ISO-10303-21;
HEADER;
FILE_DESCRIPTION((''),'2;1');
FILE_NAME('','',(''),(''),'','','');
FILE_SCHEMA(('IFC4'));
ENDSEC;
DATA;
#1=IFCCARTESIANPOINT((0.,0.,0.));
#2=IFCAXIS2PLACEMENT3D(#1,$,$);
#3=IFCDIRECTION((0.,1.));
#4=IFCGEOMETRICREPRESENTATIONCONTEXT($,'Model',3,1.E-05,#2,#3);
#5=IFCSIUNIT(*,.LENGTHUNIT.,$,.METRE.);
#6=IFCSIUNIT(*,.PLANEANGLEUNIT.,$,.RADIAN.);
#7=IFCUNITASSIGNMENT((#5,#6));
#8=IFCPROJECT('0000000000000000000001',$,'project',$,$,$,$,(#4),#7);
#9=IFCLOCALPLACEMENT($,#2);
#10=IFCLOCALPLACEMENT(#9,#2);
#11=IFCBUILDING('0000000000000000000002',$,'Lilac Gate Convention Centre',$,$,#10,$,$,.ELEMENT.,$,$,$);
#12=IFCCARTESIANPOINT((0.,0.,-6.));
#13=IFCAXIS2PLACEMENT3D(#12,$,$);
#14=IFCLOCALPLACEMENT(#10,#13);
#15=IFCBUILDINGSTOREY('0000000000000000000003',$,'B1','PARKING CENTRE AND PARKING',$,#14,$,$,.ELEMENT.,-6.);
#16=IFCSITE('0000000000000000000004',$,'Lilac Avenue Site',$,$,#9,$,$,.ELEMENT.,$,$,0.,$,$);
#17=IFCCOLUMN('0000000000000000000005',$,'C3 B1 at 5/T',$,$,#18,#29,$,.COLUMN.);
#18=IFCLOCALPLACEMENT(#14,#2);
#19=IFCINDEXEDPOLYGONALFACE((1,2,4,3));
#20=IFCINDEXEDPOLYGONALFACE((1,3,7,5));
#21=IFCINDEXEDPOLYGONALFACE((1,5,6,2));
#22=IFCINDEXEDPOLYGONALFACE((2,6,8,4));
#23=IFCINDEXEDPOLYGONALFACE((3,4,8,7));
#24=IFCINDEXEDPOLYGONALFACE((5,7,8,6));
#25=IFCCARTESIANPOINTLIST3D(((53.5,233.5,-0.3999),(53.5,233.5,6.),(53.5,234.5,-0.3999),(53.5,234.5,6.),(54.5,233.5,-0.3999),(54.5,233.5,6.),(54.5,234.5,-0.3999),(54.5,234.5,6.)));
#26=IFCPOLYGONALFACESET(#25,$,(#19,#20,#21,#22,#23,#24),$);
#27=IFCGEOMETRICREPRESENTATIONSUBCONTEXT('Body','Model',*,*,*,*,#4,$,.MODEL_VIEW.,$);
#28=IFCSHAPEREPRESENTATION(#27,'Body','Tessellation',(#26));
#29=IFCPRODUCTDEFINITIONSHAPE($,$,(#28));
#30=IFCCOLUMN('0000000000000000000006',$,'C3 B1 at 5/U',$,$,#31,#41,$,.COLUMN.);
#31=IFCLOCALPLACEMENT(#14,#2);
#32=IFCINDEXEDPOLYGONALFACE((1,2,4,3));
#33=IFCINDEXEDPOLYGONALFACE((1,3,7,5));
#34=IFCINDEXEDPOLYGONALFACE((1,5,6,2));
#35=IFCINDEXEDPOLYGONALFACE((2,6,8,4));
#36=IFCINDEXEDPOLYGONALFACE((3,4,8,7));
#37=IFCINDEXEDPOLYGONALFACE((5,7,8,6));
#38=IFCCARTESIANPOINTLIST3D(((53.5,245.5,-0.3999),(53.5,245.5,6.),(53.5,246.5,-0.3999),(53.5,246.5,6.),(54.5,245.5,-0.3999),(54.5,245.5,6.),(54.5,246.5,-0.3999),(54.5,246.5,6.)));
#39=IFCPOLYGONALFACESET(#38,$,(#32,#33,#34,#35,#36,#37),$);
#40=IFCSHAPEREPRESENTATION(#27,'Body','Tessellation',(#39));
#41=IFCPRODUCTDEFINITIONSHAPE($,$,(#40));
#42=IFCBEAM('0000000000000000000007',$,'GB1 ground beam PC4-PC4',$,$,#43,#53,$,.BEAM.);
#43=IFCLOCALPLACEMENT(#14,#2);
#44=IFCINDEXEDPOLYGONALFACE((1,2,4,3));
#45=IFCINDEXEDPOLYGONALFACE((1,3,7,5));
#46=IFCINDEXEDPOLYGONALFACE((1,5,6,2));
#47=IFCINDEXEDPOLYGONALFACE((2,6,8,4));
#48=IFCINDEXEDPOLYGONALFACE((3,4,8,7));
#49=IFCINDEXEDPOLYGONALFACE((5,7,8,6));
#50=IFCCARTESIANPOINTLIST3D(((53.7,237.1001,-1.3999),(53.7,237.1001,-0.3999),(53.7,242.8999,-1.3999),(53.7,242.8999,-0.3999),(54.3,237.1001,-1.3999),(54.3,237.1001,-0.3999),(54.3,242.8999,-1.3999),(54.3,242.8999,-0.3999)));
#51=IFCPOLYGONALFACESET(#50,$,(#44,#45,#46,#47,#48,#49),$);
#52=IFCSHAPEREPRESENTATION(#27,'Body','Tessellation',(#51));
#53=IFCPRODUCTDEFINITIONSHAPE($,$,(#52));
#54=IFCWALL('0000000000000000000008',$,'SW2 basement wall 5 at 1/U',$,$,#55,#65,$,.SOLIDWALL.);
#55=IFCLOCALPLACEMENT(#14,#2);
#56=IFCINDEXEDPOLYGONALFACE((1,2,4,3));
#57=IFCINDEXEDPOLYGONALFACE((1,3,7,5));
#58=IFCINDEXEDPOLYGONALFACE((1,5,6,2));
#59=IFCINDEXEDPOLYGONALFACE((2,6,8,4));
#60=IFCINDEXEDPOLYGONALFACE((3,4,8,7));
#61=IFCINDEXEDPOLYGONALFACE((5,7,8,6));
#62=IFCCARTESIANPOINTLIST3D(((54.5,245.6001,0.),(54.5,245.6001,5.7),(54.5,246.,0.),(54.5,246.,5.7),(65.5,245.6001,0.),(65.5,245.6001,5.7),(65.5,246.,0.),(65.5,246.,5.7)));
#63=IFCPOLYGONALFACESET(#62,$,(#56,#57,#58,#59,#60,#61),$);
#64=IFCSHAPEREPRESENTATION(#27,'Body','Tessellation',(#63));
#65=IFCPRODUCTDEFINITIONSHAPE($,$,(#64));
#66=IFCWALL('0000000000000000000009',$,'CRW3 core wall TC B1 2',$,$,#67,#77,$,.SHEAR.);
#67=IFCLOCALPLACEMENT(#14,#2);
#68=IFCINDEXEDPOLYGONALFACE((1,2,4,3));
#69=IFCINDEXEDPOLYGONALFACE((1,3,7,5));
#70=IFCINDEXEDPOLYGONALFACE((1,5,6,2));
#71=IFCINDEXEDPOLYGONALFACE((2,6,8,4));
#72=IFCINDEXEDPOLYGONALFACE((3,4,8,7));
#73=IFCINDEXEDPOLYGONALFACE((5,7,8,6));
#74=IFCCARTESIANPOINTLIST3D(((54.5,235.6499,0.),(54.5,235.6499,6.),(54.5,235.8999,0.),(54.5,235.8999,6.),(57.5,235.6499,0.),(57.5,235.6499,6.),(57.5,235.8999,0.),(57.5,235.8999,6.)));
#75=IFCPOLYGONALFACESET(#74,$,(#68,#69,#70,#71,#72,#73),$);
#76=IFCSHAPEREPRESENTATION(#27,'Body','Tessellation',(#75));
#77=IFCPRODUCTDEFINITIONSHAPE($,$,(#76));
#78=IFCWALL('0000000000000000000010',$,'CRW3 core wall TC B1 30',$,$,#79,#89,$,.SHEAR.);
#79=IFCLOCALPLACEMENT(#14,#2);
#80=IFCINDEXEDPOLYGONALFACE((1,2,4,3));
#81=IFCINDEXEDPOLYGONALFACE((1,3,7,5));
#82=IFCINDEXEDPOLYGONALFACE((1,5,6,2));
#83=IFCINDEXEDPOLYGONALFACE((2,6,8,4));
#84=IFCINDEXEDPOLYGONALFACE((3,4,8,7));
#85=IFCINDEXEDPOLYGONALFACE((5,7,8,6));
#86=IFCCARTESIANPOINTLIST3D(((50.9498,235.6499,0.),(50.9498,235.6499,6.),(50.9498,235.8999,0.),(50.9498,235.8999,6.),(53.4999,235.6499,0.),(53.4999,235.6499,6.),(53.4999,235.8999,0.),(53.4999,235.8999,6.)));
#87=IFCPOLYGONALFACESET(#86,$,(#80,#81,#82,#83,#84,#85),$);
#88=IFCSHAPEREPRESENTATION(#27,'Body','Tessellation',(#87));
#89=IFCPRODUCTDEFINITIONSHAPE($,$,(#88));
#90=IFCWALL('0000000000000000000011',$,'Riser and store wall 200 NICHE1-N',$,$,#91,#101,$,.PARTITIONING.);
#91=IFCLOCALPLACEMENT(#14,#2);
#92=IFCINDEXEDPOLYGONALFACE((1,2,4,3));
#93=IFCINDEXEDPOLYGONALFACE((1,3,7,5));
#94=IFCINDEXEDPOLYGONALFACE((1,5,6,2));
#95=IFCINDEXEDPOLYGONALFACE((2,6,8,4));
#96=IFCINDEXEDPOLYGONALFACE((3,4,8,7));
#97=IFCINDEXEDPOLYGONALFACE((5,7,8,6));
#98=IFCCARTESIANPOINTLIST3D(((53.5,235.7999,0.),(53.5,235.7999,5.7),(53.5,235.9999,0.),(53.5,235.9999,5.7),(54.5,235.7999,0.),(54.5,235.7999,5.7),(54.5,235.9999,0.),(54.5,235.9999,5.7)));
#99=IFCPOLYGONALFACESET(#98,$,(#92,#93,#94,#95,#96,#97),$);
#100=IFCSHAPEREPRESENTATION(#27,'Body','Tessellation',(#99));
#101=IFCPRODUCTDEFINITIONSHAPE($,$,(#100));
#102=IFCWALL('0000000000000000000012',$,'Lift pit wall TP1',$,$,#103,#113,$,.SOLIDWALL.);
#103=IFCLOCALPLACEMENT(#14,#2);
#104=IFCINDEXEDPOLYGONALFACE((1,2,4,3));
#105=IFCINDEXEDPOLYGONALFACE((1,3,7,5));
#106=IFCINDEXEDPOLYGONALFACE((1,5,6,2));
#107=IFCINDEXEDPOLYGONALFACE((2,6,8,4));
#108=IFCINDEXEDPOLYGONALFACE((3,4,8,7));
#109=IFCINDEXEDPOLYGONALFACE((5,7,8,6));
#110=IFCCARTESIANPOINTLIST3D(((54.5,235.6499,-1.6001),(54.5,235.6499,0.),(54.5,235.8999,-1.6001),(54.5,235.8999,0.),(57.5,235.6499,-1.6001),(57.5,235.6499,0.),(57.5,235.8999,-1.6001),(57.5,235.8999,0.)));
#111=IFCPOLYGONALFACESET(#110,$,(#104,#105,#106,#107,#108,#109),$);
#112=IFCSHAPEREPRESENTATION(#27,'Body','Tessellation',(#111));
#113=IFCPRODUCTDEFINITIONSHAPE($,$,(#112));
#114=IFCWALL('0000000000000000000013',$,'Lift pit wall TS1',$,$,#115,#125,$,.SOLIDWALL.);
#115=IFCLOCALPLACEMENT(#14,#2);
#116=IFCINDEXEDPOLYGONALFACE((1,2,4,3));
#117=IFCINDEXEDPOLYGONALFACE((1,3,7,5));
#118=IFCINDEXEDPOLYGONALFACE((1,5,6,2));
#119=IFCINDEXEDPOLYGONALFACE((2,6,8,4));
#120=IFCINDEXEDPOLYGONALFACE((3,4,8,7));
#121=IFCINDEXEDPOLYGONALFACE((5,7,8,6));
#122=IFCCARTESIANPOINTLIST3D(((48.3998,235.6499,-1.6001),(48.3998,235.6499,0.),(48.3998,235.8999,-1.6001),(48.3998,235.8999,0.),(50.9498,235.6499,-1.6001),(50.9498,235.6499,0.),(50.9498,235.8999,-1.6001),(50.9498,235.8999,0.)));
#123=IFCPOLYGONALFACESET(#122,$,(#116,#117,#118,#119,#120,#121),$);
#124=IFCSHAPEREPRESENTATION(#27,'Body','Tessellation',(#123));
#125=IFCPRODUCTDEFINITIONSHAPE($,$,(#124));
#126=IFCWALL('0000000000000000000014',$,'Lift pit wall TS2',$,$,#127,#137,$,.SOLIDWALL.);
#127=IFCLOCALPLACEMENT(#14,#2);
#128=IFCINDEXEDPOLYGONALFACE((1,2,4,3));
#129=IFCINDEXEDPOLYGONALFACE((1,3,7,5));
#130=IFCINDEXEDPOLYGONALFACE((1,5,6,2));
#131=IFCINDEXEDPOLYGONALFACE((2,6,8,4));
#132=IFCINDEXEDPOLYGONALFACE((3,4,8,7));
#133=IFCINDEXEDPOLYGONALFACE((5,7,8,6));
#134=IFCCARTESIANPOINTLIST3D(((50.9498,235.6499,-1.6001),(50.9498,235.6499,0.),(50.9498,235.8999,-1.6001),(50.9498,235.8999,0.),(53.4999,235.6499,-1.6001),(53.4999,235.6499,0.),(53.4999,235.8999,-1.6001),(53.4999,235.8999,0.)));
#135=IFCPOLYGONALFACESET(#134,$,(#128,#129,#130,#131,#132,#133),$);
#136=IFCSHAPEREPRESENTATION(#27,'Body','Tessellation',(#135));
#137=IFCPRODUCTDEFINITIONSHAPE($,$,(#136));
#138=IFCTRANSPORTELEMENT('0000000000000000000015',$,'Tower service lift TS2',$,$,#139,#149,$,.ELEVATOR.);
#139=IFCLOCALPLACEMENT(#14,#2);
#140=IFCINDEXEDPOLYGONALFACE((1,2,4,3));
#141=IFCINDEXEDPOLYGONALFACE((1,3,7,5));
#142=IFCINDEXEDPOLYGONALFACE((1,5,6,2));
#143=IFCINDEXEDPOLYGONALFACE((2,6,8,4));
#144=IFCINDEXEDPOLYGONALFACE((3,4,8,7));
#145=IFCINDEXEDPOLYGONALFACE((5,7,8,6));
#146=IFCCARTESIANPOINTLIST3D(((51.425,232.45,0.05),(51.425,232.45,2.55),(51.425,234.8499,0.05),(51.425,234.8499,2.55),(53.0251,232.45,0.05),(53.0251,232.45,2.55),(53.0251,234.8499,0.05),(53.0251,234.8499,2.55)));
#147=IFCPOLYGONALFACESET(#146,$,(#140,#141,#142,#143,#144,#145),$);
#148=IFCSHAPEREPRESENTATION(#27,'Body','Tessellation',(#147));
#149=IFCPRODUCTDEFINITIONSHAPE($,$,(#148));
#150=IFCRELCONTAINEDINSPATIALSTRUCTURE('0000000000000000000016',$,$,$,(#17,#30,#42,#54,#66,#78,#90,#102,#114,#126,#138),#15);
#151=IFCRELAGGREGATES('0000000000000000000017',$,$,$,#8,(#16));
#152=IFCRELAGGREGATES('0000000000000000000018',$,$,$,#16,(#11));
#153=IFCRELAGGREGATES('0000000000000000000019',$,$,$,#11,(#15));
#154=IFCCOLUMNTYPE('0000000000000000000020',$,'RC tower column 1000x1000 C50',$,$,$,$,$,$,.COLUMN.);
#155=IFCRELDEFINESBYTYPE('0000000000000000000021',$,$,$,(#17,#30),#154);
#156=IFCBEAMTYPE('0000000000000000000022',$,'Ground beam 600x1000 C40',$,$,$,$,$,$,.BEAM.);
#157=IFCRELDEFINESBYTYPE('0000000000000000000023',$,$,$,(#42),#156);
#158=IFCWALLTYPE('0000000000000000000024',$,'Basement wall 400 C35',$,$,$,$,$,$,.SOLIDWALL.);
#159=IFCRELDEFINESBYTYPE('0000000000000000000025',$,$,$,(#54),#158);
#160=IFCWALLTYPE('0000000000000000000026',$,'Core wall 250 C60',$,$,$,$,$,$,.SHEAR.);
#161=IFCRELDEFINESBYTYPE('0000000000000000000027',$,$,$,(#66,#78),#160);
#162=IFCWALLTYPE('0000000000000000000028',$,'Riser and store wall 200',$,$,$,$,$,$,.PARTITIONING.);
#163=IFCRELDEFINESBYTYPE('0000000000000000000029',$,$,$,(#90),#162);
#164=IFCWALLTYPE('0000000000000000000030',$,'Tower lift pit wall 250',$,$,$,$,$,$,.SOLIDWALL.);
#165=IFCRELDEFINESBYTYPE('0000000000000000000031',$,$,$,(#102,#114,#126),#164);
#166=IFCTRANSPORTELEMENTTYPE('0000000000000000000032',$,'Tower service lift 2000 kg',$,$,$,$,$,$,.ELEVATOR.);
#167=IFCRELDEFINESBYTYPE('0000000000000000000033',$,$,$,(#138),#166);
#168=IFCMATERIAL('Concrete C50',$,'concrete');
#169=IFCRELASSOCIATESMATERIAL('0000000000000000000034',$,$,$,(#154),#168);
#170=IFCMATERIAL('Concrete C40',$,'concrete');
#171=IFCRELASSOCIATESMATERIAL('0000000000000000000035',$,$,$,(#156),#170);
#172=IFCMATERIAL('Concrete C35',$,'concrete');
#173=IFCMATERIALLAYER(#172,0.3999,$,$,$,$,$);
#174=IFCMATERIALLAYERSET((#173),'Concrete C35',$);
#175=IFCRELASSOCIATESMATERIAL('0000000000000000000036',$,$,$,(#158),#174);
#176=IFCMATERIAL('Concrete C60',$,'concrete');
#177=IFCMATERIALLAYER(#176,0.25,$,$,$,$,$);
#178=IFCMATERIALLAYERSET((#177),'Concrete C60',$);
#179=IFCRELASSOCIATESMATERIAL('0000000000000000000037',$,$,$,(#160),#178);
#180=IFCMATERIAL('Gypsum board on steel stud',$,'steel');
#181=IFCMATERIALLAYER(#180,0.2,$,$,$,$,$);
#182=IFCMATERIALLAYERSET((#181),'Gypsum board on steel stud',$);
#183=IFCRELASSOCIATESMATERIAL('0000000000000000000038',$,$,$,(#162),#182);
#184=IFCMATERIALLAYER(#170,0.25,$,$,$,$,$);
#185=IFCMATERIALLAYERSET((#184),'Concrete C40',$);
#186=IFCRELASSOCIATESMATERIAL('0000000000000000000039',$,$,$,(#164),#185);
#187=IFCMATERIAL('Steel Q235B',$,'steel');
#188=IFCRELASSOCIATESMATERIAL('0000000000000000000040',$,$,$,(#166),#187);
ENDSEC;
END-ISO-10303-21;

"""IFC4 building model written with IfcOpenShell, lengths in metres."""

from ifc_helpers import new_model, si_unit, direction, frame, frame_2d, origin, origin_2d, place, context, subcontext, project, spatial, rectangle, extrude, material, layer, layer_set, material_profile, profile_set, type_object, element, save


model = new_model("IFC4")

# Units and contexts
model_context = context("Model", 3, precision=1e-05, world=origin(), true_north=direction((0.0, 1.0)))
body_context = subcontext(model_context, "Body", "Model", "MODEL_VIEW")
ifc_project = project(units=[si_unit("LENGTHUNIT", "METRE"), si_unit("PLANEANGLEUNIT", "RADIAN")], contexts=[model_context])

# Site, building, storey
site_placement = place(None, origin())
site = spatial("IfcSite", under=ifc_project, at=site_placement, Name="Lilac Avenue Site", CompositionType="ELEMENT", RefElevation=0.0)
building_placement = place(site_placement, origin())
building = spatial("IfcBuilding", under=site, at=building_placement, Name="Lilac Gate Convention Centre", CompositionType="ELEMENT")
storey_placement = place(building_placement, frame((0.0, 0.0, -6.0)))
storey = spatial("IfcBuildingStorey", under=building, at=storey_placement, Name="B1", Description="PARKING CENTRE AND PARKING", CompositionType="ELEMENT", Elevation=-6.0)

# Shared definitions
ifc_material_1 = material(Name="Concrete C35", Category="concrete")

# Columns
ifc_material_2 = material(Name="Concrete C50", Category="concrete")
ifc_material_profile_1 = material_profile(ifc_material_2, rectangle(XDim=1.0, YDim=1.0, at=origin_2d()), Name="RC 1000x1000")
ifc_profile_set_1 = profile_set([ifc_material_profile_1], Name="Concrete C50")
column_type = type_object("IfcColumnType", Name="RC tower column 1000x1000 C50", PredefinedType="COLUMN", material=ifc_profile_set_1)
for number, where, z_axis, x_axis, name in (
    (1, (54.0, 234.0, -0.3999), (0.0, 0.0, 1.0), (1.0, 0.0, 0.0), "C3 B1 at 5/T"),
    (2, (54.0, 246.0, -0.3999), (0.0, 0.0, 1.0), (1.0, 0.0, 0.0), "C3 B1 at 5/U"),
):
    element("IfcColumn", number, at=place(storey_placement, frame(where, z_axis=z_axis, x_axis=x_axis)), inside=storey, type_object=column_type, Name=name, PredefinedType="COLUMN", context=body_context, shape_type="SweptSolid", body=[
        extrude(rectangle(XDim=1.0, YDim=1.0, at=origin_2d()), origin(), (0.0, 0.0, 1.0), 6.3999),
    ])

# Beam
ifc_material_3 = material(Name="Concrete C40", Category="concrete")
ifc_material_profile_2 = material_profile(ifc_material_3, rectangle(XDim=0.6001, YDim=1.0, at=origin_2d()), Name="RC 600x1000")
ifc_profile_set_2 = profile_set([ifc_material_profile_2], Name="Concrete C40")
beam_type = type_object("IfcBeamType", Name="Ground beam 600x1000 C40", PredefinedType="BEAM", material=ifc_profile_set_2)
beam_placement = place(storey_placement, frame((54.0, 237.1001, -0.8999), z_axis=(0.0, 1.0, 0.0), x_axis=(-1.0, 0.0, 0.0)))
element("IfcBeam", 3, at=beam_placement, inside=storey, type_object=beam_type, Name="GB1 ground beam PC4-PC4", PredefinedType="BEAM", context=body_context, shape_type="SweptSolid", body=[
    extrude(rectangle(XDim=0.6001, YDim=1.0, at=origin_2d()), origin(), (0.0, 0.0, 1.0), 5.7998),
])

# Walls
ifc_layer_1 = layer(ifc_material_1, 0.3999)
ifc_layer_set_1 = layer_set([ifc_layer_1], Name="Concrete C35")
wall_type_1 = type_object("IfcWallType", Name="Basement wall 400 C35", PredefinedType="SOLIDWALL", material=ifc_layer_set_1)
wall_1_placement = place(storey_placement, frame((54.5, 245.8, 0.0), z_axis=(0.0, 0.0, 1.0), x_axis=(1.0, 0.0, 0.0)))
element("IfcWall", 4, at=wall_1_placement, inside=storey, type_object=wall_type_1, Name="SW2 basement wall 5 at 1/U", PredefinedType="SOLIDWALL", context=body_context, shape_type="SweptSolid", body=[
    extrude(rectangle(XDim=11.0, YDim=0.3999, at=frame_2d((5.5, 0.0))), origin(), (0.0, 0.0, 1.0), 5.7),
])
ifc_material_4 = material(Name="Concrete C60", Category="concrete")
ifc_layer_2 = layer(ifc_material_4, 0.25)
ifc_layer_set_2 = layer_set([ifc_layer_2], Name="Concrete C60")
wall_type_2 = type_object("IfcWallType", Name="Core wall 250 C60", PredefinedType="SHEAR", material=ifc_layer_set_2)
wall_2_placement = place(storey_placement, frame((54.5, 235.7749, 0.0), z_axis=(0.0, 0.0, 1.0), x_axis=(1.0, 0.0, 0.0)))
element("IfcWall", 5, at=wall_2_placement, inside=storey, type_object=wall_type_2, Name="CRW3 core wall TC B1 2", PredefinedType="SHEAR", context=body_context, shape_type="SweptSolid", body=[
    extrude(rectangle(XDim=3.0, YDim=0.25, at=frame_2d((1.5, 0.0))), origin(), (0.0, 0.0, 1.0), 6.0),
])
wall_3_placement = place(storey_placement, frame((50.95, 235.7749, 0.0), z_axis=(0.0, 0.0, 1.0), x_axis=(1.0, 0.0, 0.0)))
element("IfcWall", 6, at=wall_3_placement, inside=storey, type_object=wall_type_2, Name="CRW3 core wall TC B1 30", PredefinedType="SHEAR", context=body_context, shape_type="SweptSolid", body=[
    extrude(rectangle(XDim=2.55, YDim=0.25, at=frame_2d((1.2749, 0.0))), origin(), (0.0, 0.0, 1.0), 6.0),
])
ifc_material_5 = material(Name="Gypsum board on steel stud", Category="steel")
ifc_layer_3 = layer(ifc_material_5, 0.2)
ifc_layer_set_3 = layer_set([ifc_layer_3], Name="Gypsum board on steel stud")
wall_type_3 = type_object("IfcWallType", Name="Riser and store wall 200", PredefinedType="PARTITIONING", material=ifc_layer_set_3)
wall_4_placement = place(storey_placement, frame((53.5, 235.8999, 0.0), z_axis=(0.0, 0.0, 1.0), x_axis=(1.0, 0.0, 0.0)))
element("IfcWall", 7, at=wall_4_placement, inside=storey, type_object=wall_type_3, Name="Riser and store wall 200 NICHE1-N", PredefinedType="PARTITIONING", context=body_context, shape_type="SweptSolid", body=[
    extrude(rectangle(XDim=1.0, YDim=0.2, at=frame_2d((0.5, 0.0))), origin(), (0.0, 0.0, 1.0), 5.7),
])
ifc_layer_4 = layer(ifc_material_3, 0.25)
ifc_layer_set_4 = layer_set([ifc_layer_4], Name="Concrete C40")
wall_type_4 = type_object("IfcWallType", Name="Tower lift pit wall 250", PredefinedType="SOLIDWALL", material=ifc_layer_set_4)
wall_5_placement = place(storey_placement, frame((54.5, 235.7749, -1.6001), z_axis=(0.0, 0.0, 1.0), x_axis=(1.0, 0.0, 0.0)))
element("IfcWall", 8, at=wall_5_placement, inside=storey, type_object=wall_type_4, Name="Lift pit wall TP1", PredefinedType="SOLIDWALL", context=body_context, shape_type="SweptSolid", body=[
    extrude(rectangle(XDim=3.0, YDim=0.25, at=frame_2d((1.5, 0.0))), origin(), (0.0, 0.0, 1.0), 1.6001),
])
for number, where, z_axis, x_axis, name in (
    (9, (48.3999, 235.7749, -1.6001), (0.0, 0.0, 1.0), (1.0, 0.0, 0.0), "Lift pit wall TS1"),
    (10, (50.95, 235.7749, -1.6001), (0.0, 0.0, 1.0), (1.0, 0.0, 0.0), "Lift pit wall TS2"),
):
    element("IfcWall", number, at=place(storey_placement, frame(where, z_axis=z_axis, x_axis=x_axis)), inside=storey, type_object=wall_type_4, Name=name, PredefinedType="SOLIDWALL", context=body_context, shape_type="SweptSolid", body=[
        extrude(rectangle(XDim=2.55, YDim=0.25, at=frame_2d((1.2749, 0.0))), origin(), (0.0, 0.0, 1.0), 1.6001),
    ])

# Transport element
ifc_material_6 = material(Name="Steel Q235B", Category="steel")
transport_element_type = type_object("IfcTransportElementType", Name="Tower service lift 2000 kg", PredefinedType="ELEVATOR", material=ifc_material_6)
transport_element_placement = place(storey_placement, frame((52.2251, 233.6499, 0.05), z_axis=(0.0, 0.0, 1.0), x_axis=(1.0, 0.0, 0.0)))
element("IfcTransportElement", 11, at=transport_element_placement, inside=storey, type_object=transport_element_type, Name="Tower service lift TS2", PredefinedType="ELEVATOR", context=body_context, shape_type="SweptSolid", body=[
    extrude(rectangle(XDim=1.6001, YDim=2.3999, at=origin_2d()), origin(), (0.0, 0.0, 1.0), 2.5),
])

save(model, "model.ifc")
